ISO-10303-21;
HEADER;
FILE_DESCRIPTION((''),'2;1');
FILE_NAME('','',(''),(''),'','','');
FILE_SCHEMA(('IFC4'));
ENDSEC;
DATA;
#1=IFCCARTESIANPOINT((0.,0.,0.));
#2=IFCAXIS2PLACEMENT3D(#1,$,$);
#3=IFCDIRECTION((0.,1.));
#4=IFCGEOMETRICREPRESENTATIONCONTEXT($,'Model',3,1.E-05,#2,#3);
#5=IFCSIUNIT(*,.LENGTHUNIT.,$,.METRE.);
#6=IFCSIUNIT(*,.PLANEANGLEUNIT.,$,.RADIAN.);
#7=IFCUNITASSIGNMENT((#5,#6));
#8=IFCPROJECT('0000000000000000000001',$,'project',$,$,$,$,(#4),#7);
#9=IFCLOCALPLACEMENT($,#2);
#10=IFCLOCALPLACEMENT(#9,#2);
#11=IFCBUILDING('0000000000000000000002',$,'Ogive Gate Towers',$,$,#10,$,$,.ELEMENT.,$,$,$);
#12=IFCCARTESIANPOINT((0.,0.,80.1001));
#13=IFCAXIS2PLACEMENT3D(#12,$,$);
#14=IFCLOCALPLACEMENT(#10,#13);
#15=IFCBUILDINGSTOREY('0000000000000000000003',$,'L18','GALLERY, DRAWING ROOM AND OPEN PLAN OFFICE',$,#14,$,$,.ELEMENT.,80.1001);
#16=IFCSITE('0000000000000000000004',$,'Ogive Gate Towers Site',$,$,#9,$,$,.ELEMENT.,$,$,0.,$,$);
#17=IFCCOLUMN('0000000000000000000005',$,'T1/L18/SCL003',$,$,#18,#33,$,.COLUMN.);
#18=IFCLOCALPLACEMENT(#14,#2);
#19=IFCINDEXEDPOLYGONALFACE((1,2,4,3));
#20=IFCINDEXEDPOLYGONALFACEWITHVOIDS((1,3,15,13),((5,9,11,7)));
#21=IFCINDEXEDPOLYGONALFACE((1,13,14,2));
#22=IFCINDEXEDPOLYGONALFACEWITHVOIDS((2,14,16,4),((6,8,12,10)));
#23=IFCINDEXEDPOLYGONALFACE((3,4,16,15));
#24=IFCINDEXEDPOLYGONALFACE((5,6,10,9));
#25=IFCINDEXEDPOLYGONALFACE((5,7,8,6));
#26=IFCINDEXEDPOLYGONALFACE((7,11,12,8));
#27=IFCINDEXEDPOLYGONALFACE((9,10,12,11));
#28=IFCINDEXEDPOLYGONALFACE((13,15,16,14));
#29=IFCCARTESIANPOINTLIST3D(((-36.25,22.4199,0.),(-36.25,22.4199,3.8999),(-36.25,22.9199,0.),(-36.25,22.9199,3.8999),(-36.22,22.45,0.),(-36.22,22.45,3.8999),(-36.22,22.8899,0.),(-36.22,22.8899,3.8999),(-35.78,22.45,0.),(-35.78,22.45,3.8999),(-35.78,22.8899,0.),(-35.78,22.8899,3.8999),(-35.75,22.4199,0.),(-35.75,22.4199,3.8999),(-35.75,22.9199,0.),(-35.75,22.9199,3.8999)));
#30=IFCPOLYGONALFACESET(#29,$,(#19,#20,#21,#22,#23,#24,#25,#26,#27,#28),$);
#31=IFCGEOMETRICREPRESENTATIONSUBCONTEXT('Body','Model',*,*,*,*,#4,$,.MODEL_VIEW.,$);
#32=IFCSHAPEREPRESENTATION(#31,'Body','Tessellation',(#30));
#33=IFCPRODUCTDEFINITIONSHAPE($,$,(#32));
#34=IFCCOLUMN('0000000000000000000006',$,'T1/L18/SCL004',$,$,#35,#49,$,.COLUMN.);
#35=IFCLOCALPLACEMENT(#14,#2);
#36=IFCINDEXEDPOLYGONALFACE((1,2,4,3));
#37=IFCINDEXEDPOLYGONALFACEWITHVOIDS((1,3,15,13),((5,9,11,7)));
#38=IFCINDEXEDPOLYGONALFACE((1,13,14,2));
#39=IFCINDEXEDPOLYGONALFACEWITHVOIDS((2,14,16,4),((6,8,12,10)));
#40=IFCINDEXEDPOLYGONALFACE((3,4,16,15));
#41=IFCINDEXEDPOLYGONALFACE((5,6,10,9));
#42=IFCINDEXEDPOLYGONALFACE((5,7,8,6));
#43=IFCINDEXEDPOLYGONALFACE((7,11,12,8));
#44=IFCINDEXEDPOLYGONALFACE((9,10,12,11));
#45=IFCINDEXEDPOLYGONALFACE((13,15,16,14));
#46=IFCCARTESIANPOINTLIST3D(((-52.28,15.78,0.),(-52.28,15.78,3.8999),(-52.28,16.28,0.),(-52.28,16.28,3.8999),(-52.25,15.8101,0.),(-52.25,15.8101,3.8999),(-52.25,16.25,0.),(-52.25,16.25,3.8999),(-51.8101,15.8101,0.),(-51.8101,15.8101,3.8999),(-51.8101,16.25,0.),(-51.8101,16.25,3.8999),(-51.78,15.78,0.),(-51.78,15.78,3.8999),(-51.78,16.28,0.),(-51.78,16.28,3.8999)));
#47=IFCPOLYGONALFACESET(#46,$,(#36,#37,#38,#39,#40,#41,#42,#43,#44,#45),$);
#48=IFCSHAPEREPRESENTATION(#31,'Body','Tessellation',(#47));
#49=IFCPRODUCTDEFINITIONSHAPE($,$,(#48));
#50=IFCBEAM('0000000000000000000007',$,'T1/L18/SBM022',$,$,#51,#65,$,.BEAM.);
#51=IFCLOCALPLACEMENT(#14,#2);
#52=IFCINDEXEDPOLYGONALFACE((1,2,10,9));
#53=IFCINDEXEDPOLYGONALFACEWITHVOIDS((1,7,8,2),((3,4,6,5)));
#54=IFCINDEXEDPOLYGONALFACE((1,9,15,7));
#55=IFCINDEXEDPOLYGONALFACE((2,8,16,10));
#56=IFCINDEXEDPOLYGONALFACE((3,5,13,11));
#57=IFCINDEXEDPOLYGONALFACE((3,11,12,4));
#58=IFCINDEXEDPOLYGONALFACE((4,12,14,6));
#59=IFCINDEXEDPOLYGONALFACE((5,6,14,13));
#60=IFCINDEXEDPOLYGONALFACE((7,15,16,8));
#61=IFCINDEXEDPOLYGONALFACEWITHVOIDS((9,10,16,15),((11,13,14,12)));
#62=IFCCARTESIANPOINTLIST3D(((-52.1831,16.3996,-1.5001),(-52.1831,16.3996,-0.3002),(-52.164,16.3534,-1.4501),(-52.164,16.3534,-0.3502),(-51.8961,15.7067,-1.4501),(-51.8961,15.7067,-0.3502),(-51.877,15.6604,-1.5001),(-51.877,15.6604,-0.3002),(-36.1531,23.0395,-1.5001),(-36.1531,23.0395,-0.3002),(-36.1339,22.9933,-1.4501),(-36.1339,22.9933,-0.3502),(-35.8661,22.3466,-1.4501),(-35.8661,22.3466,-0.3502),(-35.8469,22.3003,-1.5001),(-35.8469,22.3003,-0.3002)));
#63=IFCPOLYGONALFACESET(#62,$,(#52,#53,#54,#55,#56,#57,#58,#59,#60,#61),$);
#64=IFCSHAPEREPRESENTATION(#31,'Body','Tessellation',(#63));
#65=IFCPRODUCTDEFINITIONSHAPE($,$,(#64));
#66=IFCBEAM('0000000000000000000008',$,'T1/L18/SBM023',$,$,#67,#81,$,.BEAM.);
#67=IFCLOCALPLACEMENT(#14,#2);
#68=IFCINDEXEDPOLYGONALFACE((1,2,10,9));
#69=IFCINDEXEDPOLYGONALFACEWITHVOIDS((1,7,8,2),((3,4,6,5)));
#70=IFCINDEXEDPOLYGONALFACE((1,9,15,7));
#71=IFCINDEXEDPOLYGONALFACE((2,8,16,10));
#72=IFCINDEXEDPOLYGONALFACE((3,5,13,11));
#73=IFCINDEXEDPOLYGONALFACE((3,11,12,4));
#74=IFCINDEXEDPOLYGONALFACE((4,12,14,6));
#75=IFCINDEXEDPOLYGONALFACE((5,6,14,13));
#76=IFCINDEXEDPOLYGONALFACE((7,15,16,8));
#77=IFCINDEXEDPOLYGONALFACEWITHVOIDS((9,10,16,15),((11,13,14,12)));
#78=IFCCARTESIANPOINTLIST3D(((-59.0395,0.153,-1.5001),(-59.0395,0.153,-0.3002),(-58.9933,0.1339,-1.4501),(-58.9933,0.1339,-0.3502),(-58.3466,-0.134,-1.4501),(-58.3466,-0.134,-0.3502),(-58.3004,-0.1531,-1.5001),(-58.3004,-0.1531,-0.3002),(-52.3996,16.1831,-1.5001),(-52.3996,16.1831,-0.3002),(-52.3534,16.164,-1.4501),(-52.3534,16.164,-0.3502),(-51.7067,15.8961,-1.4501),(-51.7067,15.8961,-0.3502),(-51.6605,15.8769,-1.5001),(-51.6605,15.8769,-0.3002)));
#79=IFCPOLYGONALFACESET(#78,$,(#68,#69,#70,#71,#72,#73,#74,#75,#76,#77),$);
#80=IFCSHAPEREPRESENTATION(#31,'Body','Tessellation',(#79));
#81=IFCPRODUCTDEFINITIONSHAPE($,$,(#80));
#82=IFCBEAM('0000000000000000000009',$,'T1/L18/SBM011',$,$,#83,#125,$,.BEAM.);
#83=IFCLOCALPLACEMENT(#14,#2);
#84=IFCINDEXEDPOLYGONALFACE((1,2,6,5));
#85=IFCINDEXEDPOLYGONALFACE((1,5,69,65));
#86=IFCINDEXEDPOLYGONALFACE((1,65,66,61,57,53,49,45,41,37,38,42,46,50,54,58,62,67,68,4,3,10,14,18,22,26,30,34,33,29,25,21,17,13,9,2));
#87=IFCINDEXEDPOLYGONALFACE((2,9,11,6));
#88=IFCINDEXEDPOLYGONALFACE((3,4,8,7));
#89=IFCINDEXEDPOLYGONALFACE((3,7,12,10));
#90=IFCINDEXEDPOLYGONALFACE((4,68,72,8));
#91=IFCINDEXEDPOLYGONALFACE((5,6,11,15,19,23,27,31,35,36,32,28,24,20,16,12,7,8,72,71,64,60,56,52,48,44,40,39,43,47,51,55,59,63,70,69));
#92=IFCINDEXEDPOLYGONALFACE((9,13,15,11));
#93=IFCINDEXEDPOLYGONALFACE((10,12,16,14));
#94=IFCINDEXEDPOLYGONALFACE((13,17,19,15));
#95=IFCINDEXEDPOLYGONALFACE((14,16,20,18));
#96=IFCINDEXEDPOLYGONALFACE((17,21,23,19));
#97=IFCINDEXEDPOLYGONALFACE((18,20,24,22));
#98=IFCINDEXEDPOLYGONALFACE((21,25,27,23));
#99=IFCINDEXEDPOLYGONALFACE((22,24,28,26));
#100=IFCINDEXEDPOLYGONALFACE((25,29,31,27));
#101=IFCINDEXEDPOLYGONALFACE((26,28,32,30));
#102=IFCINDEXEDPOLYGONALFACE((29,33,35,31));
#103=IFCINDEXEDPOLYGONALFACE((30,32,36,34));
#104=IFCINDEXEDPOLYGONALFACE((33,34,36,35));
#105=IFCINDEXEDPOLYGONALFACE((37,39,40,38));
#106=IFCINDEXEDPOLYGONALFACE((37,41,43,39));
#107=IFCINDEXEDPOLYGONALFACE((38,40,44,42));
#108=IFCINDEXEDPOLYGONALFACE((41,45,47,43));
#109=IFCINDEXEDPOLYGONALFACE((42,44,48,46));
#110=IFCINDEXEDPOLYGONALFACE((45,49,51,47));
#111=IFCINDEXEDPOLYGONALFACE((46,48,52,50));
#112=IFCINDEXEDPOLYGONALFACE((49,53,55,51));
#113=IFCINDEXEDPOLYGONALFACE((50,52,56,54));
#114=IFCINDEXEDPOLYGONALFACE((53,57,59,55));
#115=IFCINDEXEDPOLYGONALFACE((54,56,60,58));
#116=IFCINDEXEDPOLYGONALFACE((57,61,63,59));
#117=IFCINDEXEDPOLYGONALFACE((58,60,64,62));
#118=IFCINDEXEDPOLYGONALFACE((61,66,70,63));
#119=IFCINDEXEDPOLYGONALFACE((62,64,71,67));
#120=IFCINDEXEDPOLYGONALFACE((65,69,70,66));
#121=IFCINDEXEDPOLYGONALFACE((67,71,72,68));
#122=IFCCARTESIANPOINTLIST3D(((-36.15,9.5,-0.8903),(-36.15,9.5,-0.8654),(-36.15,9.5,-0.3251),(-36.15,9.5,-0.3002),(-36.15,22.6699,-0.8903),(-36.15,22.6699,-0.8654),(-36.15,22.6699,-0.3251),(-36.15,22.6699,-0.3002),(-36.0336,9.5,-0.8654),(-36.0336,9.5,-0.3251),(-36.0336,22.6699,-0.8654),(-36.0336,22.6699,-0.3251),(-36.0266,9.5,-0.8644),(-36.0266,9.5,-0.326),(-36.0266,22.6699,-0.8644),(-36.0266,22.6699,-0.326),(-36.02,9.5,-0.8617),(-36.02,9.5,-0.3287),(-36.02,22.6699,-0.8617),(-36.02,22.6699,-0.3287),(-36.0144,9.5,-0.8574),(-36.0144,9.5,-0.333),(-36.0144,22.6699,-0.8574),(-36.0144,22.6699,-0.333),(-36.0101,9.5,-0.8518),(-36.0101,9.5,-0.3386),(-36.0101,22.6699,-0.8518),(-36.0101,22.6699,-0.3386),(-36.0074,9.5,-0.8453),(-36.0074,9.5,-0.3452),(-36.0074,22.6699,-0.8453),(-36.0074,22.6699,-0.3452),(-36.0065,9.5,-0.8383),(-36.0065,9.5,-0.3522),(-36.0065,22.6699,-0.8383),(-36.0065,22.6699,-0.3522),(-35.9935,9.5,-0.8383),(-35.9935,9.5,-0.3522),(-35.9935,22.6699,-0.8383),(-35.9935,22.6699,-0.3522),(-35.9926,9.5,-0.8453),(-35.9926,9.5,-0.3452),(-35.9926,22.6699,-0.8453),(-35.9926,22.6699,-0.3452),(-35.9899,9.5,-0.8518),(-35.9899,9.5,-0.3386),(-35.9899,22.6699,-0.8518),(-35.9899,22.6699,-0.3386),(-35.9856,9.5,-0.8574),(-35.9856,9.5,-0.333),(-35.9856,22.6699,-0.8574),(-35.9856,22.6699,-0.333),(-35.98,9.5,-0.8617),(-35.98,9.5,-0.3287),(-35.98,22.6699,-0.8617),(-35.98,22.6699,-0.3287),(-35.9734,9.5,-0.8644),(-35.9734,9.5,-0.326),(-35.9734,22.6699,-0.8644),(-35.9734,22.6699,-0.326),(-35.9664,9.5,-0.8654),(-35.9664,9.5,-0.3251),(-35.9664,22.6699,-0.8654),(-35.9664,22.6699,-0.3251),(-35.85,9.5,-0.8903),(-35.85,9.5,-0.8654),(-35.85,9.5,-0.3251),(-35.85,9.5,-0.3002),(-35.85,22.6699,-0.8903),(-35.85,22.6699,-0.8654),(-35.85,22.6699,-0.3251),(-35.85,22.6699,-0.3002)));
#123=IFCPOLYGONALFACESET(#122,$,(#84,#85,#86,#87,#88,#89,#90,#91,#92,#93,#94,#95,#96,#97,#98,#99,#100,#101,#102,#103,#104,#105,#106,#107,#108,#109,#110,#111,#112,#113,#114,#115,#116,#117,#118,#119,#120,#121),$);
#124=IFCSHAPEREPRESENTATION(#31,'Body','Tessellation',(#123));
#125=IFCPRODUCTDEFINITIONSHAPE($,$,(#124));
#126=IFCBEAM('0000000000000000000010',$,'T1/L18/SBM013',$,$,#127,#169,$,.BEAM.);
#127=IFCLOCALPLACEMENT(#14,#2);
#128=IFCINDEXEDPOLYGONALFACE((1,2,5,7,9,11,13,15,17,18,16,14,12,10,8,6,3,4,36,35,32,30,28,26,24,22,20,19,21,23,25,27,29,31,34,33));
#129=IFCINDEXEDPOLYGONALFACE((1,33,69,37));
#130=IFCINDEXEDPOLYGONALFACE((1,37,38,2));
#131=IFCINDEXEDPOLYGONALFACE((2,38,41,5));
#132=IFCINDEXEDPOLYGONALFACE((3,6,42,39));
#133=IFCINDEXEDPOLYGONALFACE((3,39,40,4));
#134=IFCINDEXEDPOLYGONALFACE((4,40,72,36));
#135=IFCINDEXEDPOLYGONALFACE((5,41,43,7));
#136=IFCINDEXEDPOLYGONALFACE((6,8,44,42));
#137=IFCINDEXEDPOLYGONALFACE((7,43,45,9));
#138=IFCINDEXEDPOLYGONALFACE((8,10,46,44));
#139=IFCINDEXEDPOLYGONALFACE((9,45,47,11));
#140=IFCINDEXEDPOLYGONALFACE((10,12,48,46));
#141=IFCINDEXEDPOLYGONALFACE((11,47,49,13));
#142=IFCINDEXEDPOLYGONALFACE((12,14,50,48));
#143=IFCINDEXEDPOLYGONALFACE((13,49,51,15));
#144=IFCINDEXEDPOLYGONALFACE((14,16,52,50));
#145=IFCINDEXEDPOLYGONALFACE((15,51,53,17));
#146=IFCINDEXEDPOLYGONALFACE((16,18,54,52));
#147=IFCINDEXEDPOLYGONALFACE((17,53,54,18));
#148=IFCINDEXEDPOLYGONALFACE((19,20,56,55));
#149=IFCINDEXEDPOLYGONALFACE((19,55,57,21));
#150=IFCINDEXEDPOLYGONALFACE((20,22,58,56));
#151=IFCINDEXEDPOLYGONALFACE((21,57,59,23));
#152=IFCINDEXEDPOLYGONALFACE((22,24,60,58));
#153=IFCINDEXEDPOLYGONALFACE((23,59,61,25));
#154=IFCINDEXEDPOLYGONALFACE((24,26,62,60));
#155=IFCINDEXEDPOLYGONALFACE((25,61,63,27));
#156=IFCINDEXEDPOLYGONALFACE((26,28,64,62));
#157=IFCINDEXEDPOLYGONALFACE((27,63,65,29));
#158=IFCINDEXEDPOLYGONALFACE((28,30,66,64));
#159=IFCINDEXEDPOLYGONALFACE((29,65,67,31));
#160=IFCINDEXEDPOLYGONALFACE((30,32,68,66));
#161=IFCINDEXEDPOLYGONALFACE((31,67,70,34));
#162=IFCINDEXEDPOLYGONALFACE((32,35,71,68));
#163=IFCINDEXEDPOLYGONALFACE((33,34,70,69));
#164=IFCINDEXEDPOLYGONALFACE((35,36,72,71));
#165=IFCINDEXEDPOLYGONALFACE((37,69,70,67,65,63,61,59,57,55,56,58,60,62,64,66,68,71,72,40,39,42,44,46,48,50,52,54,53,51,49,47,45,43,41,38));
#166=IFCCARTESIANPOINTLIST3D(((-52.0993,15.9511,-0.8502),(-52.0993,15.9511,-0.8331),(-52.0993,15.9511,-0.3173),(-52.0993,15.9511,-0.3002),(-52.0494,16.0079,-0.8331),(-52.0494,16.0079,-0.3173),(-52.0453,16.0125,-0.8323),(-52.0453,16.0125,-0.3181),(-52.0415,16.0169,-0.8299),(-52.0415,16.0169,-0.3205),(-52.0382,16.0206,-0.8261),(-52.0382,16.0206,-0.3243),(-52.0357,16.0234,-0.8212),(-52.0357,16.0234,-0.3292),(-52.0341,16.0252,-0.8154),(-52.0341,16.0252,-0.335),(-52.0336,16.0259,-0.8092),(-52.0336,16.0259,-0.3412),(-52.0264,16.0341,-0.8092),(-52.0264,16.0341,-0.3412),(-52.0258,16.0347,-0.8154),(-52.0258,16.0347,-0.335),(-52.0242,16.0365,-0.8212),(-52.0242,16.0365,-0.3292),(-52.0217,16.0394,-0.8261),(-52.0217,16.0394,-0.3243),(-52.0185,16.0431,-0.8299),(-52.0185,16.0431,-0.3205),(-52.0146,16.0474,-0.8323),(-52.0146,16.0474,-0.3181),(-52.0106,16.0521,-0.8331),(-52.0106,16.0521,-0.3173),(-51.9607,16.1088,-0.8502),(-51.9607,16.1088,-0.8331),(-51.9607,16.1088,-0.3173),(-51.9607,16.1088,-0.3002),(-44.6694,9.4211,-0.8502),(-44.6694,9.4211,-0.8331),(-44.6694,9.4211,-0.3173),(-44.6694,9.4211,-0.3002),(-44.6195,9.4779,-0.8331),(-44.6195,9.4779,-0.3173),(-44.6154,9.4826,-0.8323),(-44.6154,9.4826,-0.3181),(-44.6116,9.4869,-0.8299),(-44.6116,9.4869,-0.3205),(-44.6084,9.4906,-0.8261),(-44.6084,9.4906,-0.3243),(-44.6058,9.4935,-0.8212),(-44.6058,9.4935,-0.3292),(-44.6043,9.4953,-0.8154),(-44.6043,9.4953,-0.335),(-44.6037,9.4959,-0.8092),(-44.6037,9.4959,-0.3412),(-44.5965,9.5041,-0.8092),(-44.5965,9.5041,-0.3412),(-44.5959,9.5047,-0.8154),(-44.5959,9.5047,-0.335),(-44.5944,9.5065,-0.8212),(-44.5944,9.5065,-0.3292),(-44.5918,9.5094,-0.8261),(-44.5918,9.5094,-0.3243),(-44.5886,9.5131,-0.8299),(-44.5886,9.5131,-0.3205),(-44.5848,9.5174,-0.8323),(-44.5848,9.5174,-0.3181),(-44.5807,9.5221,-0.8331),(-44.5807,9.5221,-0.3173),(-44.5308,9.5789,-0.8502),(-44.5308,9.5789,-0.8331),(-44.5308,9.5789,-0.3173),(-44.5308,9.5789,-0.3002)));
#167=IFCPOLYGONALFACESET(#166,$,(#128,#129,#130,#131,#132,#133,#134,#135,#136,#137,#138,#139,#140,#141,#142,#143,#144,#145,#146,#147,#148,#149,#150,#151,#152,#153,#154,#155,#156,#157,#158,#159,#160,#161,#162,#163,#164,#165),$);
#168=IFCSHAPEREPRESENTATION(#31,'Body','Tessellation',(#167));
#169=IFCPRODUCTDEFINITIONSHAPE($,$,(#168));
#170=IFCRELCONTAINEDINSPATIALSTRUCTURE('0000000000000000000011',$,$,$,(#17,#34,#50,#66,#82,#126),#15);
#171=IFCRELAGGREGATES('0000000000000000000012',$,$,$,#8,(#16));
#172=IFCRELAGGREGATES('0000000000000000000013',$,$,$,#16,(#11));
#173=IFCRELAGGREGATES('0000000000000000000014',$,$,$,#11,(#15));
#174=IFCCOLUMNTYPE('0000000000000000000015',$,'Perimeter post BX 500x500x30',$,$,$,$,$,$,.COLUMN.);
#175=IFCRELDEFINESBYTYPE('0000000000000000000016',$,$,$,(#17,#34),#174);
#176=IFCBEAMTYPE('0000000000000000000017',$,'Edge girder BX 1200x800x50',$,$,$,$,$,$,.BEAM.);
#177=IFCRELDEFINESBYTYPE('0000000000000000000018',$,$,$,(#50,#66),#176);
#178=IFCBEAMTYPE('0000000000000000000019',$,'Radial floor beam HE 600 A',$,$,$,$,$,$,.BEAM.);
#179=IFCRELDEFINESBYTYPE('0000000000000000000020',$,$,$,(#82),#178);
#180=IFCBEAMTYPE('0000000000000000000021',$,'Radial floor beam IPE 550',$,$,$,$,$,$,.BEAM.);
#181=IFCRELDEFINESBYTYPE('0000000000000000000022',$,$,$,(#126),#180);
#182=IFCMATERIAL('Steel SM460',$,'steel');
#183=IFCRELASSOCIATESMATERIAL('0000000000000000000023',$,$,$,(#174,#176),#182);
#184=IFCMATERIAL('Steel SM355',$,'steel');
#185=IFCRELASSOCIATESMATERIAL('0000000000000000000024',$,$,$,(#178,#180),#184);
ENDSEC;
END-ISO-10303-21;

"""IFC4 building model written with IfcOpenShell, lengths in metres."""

from ifc_helpers import new_model, si_unit, direction, frame, origin, origin_2d, place, context, subcontext, project, spatial, hollow_rectangle, i_section, extrude, material, material_profile, profile_set, type_object, element, save


model = new_model("IFC4")

# Units and contexts
model_context = context("Model", 3, precision=1e-05, world=origin(), true_north=direction((0.0, 1.0)))
body_context = subcontext(model_context, "Body", "Model", "MODEL_VIEW")
ifc_project = project(units=[si_unit("LENGTHUNIT", "METRE"), si_unit("PLANEANGLEUNIT", "RADIAN")], contexts=[model_context])

# Site, building, storey
site_placement = place(None, origin())
site = spatial("IfcSite", under=ifc_project, at=site_placement, Name="Ogive Gate Towers Site", CompositionType="ELEMENT", RefElevation=0.0)
building_placement = place(site_placement, origin())
building = spatial("IfcBuilding", under=site, at=building_placement, Name="Ogive Gate Towers", CompositionType="ELEMENT")
storey_placement = place(building_placement, frame((0.0, 0.0, 80.1001)))
storey = spatial("IfcBuildingStorey", under=building, at=storey_placement, Name="L18", Description="GALLERY, DRAWING ROOM AND OPEN PLAN OFFICE", CompositionType="ELEMENT", Elevation=80.1001)

# Columns
ifc_material_1 = material(Name="Steel SM460", Category="steel")
ifc_material_profile_1 = material_profile(ifc_material_1, hollow_rectangle(XDim=0.5, YDim=0.5, WallThickness=0.03, at=origin_2d()), Name="BX 500x500x30")
ifc_profile_set_1 = profile_set([ifc_material_profile_1], Name="Steel SM460")
column_type = type_object("IfcColumnType", Name="Perimeter post BX 500x500x30", PredefinedType="COLUMN", material=ifc_profile_set_1)
for number, where, z_axis, x_axis, name in (
    (1, (-36.0, 22.6699, 0.0), (0.0, 0.0, 1.0), (1.0, 0.0, 0.0), "T1/L18/SCL003"),
    (2, (-52.03, 16.03, 0.0), (0.0, 0.0, 1.0), (1.0, 0.0, 0.0), "T1/L18/SCL004"),
):
    element("IfcColumn", number, at=place(storey_placement, frame(where, z_axis=z_axis, x_axis=x_axis)), inside=storey, type_object=column_type, Name=name, PredefinedType="COLUMN", context=body_context, shape_type="SweptSolid", body=[
        extrude(hollow_rectangle(XDim=0.5, YDim=0.5, WallThickness=0.03, at=origin_2d()), origin(), (0.0, 0.0, 1.0), 3.8999),
    ])

# Beams
ifc_material_profile_2 = material_profile(ifc_material_1, hollow_rectangle(XDim=0.8, YDim=1.2, WallThickness=0.05, at=origin_2d()), Name="BX 1200x800x50")
ifc_profile_set_2 = profile_set([ifc_material_profile_2], Name="Steel SM460")
beam_type_1 = type_object("IfcBeamType", Name="Edge girder BX 1200x800x50", PredefinedType="BEAM", material=ifc_profile_set_2)
for number, where, z_axis, x_axis, name in (
    (3, (-36.0, 22.6699, -0.9001), (-0.923879, -0.382685, 0.0), (0.382685, -0.923879, 0.0), "T1/L18/SBM022"),
    (4, (-52.03, 16.03, -0.9001), (-0.382685, -0.923879, 0.0), (0.923879, -0.382685, 0.0), "T1/L18/SBM023"),
):
    element("IfcBeam", number, at=place(storey_placement, frame(where, z_axis=z_axis, x_axis=x_axis)), inside=storey, type_object=beam_type_1, Name=name, PredefinedType="BEAM", context=body_context, shape_type="SweptSolid", body=[
        extrude(hollow_rectangle(XDim=0.8, YDim=1.2, WallThickness=0.05, at=origin_2d()), origin(), (0.0, 0.0, 1.0), 17.3508),
    ])
ifc_material_2 = material(Name="Steel SM355", Category="steel")
ifc_material_profile_3 = material_profile(ifc_material_2, i_section(OverallWidth=0.3, OverallDepth=0.5901, WebThickness=0.0129, FlangeThickness=0.0249, FilletRadius=0.0271, at=origin_2d()), Name="HE 600 A")
ifc_profile_set_3 = profile_set([ifc_material_profile_3], Name="Steel SM355")
beam_type_2 = type_object("IfcBeamType", Name="Radial floor beam HE 600 A", PredefinedType="BEAM", material=ifc_profile_set_3)
beam_1_placement = place(storey_placement, frame((-36.0, 9.5, -0.5952), z_axis=(0.0, 1.0, 0.0), x_axis=(-1.0, 0.0, 0.0)))
element("IfcBeam", 5, at=beam_1_placement, inside=storey, type_object=beam_type_2, Name="T1/L18/SBM011", PredefinedType="BEAM", context=body_context, shape_type="SweptSolid", body=[
    extrude(i_section(OverallWidth=0.3, OverallDepth=0.5901, WebThickness=0.0129, FlangeThickness=0.0249, FilletRadius=0.0271, at=origin_2d()), origin(), (0.0, 0.0, 1.0), 13.1699),
])
ifc_material_profile_4 = material_profile(ifc_material_2, i_section(OverallWidth=0.21, OverallDepth=0.55, WebThickness=0.011, FlangeThickness=0.0171, FilletRadius=0.0239, at=origin_2d()), Name="IPE 550")
ifc_profile_set_4 = profile_set([ifc_material_profile_4], Name="Steel SM355")
beam_type_3 = type_object("IfcBeamType", Name="Radial floor beam IPE 550", PredefinedType="BEAM", material=ifc_profile_set_4)
beam_2_placement = place(storey_placement, frame((-44.6001, 9.5, -0.5752), z_axis=(-0.75113, 0.660154, 0.0), x_axis=(-0.660154, -0.75113, 0.0)))
element("IfcBeam", 6, at=beam_2_placement, inside=storey, type_object=beam_type_3, Name="T1/L18/SBM013", PredefinedType="BEAM", context=body_context, shape_type="SweptSolid", body=[
    extrude(i_section(OverallWidth=0.21, OverallDepth=0.55, WebThickness=0.011, FlangeThickness=0.0171, FilletRadius=0.0239, at=origin_2d()), origin(), (0.0, 0.0, 1.0), 9.8916),
])

save(model, "model.ifc")
